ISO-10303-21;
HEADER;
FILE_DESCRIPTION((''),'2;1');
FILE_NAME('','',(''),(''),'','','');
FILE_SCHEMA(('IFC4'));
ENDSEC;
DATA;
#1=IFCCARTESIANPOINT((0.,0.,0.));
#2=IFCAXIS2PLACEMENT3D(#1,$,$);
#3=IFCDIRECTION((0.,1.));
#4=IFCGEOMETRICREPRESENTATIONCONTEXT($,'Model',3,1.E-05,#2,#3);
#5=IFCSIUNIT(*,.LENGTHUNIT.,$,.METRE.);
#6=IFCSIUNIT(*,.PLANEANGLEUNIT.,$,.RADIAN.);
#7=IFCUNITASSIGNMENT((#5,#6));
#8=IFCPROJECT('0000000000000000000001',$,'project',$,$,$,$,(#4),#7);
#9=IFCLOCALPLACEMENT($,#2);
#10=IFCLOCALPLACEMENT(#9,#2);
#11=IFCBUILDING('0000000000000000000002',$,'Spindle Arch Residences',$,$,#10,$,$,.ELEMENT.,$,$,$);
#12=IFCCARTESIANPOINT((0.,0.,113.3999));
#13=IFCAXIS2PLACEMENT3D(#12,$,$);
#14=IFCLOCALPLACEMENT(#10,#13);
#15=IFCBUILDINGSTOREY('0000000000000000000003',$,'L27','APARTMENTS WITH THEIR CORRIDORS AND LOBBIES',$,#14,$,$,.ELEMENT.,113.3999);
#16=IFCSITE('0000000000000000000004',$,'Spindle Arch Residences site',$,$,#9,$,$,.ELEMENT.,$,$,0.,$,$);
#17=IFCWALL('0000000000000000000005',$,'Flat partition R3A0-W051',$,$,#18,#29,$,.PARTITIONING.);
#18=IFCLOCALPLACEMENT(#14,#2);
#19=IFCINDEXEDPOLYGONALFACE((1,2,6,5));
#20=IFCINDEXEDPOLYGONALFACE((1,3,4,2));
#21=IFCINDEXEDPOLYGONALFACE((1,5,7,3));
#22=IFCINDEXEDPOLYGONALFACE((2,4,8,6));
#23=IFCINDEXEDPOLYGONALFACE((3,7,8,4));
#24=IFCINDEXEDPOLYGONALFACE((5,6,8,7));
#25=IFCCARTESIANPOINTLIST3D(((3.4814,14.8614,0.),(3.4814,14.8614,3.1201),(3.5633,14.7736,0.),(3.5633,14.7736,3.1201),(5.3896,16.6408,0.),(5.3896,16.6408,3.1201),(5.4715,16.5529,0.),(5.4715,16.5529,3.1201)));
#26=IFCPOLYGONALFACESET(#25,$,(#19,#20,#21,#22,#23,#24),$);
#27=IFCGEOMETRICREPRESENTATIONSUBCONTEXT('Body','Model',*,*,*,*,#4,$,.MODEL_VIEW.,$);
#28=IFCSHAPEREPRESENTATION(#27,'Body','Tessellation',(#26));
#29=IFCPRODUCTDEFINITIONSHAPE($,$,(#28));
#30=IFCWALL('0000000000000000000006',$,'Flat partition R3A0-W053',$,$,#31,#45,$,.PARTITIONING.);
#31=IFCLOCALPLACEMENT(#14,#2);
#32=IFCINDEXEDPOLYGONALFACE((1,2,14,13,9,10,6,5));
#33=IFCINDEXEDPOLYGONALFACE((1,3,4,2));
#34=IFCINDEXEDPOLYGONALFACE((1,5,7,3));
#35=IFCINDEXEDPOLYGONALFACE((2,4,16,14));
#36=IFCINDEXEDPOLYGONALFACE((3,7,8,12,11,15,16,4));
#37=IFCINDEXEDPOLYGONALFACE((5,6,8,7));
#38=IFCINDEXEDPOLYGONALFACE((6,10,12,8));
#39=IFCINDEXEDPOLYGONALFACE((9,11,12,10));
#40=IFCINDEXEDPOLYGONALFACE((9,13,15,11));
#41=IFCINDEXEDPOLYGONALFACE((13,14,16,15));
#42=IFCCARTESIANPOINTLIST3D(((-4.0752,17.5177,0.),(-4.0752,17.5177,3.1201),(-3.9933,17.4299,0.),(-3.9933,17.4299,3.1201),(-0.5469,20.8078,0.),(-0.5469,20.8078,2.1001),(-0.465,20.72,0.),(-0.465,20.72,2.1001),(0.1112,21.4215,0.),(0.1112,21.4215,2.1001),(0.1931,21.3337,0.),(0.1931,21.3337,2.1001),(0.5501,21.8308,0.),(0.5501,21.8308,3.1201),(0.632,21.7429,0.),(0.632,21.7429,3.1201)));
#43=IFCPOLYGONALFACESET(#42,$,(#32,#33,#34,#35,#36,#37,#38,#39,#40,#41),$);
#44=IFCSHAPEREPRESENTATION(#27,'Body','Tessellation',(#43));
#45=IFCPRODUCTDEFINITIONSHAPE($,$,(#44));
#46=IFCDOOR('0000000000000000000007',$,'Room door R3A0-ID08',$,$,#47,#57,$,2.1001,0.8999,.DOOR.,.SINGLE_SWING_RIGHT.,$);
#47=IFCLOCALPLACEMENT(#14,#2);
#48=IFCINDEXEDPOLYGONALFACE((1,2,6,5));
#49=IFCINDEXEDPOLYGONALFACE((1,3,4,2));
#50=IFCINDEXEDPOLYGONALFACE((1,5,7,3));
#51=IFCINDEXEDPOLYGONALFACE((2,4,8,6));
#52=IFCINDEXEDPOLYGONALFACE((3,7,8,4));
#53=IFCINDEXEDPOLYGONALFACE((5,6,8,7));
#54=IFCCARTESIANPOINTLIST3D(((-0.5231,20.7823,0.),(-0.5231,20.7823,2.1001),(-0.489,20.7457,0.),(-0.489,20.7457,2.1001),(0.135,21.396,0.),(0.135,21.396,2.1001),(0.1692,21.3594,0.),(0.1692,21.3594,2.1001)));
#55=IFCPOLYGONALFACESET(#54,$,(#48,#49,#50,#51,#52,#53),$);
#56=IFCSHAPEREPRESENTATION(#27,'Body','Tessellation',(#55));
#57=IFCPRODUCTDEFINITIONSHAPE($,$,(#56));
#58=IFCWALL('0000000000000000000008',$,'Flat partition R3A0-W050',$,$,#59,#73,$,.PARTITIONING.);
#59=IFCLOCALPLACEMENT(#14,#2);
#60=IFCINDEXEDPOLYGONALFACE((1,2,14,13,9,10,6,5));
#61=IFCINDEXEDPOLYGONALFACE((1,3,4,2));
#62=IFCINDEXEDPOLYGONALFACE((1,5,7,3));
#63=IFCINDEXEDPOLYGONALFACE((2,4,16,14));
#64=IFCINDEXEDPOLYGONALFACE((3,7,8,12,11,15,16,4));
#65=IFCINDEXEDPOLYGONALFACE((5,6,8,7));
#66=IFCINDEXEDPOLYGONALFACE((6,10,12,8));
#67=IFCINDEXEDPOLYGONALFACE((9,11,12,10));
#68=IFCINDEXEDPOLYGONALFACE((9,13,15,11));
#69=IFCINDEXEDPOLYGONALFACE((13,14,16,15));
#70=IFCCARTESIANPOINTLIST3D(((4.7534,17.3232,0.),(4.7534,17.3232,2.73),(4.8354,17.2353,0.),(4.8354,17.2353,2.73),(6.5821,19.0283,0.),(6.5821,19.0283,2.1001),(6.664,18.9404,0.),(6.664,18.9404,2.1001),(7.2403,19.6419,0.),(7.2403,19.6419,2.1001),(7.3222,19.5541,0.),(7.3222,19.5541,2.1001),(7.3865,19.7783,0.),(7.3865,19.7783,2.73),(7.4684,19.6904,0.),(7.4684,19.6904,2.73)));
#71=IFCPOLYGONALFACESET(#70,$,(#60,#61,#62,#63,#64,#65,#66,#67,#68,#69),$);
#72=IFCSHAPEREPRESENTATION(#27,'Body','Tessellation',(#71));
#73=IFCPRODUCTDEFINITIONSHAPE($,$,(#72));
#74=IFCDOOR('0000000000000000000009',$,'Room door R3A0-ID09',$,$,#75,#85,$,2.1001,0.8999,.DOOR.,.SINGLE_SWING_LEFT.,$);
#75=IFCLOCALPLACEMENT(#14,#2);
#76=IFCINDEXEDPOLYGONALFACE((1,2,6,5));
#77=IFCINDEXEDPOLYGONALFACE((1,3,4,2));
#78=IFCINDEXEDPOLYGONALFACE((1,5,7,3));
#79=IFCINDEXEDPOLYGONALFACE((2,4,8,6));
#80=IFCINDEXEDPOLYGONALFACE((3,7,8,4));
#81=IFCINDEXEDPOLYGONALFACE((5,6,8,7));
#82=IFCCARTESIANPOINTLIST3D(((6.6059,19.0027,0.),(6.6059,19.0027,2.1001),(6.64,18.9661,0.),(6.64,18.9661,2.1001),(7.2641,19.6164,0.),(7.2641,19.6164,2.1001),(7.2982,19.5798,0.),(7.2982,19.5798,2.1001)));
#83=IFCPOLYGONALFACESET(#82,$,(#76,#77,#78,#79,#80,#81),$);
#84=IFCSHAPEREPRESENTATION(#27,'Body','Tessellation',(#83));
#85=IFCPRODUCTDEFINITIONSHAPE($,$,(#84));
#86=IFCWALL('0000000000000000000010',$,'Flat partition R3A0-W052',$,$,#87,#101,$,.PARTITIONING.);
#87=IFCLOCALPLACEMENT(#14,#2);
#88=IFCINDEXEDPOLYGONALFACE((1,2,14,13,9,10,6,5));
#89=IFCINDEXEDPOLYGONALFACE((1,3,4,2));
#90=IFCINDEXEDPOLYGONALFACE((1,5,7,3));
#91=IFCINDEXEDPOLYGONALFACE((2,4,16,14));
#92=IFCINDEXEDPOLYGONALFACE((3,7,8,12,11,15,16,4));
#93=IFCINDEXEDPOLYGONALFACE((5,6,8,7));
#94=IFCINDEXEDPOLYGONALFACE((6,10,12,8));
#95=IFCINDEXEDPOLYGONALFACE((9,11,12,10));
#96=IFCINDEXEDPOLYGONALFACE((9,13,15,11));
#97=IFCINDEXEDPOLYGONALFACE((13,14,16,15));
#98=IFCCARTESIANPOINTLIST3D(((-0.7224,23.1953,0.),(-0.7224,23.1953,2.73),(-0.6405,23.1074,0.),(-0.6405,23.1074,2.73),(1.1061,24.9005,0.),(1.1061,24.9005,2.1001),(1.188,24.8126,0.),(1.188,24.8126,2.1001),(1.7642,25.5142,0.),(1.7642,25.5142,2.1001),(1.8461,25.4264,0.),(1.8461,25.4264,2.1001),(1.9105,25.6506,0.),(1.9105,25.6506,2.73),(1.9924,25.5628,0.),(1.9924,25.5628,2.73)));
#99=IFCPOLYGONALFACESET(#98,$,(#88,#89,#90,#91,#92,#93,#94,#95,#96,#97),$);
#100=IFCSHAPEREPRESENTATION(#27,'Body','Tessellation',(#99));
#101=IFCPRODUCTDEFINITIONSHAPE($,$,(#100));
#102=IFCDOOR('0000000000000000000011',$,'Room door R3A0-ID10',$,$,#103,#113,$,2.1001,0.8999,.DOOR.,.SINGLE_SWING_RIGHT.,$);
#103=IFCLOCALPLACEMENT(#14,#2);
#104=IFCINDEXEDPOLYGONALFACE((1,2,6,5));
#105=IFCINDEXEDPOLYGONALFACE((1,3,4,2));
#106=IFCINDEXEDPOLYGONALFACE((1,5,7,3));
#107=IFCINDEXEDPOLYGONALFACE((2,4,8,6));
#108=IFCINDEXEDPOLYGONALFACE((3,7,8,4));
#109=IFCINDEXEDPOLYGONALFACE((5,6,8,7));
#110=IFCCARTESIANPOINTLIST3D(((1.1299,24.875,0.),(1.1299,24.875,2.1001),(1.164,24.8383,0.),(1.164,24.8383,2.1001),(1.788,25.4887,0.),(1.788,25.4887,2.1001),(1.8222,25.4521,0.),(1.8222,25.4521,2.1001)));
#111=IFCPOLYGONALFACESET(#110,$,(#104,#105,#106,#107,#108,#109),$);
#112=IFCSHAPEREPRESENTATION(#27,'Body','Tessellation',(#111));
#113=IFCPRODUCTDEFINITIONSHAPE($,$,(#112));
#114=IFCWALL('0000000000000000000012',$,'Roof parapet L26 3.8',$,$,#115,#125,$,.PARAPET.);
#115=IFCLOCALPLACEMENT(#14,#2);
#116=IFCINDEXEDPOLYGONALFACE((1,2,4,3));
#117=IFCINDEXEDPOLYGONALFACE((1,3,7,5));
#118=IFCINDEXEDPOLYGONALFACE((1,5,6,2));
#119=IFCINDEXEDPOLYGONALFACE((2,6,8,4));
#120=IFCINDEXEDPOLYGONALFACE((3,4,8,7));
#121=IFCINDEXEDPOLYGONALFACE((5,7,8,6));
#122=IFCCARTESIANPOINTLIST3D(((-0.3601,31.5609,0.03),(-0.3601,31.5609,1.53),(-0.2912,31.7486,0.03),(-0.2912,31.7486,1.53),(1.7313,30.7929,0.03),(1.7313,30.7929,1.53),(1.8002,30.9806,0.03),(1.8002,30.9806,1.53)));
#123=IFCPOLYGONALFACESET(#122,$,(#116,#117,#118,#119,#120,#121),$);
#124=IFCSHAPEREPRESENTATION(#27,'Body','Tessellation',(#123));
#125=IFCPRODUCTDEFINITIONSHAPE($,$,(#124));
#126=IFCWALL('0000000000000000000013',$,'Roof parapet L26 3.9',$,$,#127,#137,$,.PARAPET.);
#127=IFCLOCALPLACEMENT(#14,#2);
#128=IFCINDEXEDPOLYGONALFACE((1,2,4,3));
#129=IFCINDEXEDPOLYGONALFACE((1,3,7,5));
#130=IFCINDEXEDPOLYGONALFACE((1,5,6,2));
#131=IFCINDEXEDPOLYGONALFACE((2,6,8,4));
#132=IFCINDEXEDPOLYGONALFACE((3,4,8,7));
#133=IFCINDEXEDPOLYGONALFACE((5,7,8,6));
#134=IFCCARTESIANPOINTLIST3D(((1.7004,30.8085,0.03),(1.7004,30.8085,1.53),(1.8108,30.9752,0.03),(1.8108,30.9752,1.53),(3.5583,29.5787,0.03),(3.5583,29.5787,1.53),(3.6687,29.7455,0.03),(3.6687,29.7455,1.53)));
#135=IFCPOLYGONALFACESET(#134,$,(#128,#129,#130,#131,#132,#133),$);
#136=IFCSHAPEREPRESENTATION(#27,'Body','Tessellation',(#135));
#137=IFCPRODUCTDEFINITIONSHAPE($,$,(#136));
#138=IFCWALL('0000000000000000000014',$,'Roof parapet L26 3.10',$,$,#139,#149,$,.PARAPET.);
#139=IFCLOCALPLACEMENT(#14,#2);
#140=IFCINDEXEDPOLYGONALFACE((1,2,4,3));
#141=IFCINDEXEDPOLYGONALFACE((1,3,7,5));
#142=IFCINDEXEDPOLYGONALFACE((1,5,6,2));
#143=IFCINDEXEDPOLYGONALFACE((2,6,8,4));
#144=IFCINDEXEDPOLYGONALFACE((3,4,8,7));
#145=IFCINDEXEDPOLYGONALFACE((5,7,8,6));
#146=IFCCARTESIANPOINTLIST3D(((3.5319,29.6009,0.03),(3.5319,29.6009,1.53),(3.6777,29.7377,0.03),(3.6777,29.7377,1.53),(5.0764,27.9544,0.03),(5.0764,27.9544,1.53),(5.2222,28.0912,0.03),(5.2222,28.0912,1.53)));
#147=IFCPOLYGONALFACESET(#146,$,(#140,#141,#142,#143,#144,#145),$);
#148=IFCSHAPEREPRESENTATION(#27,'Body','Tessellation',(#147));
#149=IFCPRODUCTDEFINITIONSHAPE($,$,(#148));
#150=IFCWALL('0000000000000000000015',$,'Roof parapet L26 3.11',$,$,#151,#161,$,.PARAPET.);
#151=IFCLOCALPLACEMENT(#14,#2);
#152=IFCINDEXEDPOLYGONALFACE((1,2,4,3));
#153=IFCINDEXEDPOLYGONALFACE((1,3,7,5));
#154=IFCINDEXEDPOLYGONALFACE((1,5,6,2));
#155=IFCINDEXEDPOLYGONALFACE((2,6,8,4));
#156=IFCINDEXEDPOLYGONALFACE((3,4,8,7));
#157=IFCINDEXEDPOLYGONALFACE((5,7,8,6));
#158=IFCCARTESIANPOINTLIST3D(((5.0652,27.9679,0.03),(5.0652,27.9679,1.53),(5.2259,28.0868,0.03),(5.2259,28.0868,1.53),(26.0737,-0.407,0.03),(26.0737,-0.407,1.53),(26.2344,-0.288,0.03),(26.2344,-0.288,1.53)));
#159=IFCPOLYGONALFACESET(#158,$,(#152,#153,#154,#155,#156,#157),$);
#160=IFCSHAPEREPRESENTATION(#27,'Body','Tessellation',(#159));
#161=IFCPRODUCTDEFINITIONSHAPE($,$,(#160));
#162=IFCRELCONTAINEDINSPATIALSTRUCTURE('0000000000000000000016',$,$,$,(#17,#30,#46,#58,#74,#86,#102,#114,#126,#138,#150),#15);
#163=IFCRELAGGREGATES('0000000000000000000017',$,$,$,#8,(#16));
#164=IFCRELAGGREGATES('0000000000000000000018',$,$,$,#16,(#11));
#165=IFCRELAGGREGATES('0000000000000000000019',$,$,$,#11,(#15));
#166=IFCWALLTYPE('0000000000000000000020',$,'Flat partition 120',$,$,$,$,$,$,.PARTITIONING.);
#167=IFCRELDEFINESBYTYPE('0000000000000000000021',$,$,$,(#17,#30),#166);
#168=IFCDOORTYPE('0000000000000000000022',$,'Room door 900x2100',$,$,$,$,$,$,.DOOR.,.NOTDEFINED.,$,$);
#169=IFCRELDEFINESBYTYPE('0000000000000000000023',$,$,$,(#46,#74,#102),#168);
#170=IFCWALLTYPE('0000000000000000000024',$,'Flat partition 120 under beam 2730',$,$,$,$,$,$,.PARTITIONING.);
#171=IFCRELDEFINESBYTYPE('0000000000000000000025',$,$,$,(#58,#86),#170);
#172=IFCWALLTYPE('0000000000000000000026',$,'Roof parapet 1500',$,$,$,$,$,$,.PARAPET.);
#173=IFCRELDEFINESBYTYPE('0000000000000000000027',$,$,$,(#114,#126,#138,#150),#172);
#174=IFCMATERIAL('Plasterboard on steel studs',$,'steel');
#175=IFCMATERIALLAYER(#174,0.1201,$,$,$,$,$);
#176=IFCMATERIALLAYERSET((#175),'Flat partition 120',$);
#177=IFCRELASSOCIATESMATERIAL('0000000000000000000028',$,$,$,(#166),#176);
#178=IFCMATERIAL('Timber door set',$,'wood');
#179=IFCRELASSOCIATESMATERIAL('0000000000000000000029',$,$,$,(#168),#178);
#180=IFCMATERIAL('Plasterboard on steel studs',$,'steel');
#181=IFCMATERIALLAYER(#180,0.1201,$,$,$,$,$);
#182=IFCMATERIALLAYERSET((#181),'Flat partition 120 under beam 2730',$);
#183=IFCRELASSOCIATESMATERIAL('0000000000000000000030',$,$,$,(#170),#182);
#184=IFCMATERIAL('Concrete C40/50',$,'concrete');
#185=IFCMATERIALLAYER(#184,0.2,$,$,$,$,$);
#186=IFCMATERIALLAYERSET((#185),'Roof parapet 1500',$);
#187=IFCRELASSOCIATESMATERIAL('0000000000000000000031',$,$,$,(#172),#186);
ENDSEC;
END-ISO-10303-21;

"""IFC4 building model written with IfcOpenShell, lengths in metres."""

from ifc_helpers import new_model, si_unit, direction, frame, frame_2d, origin, place, context, subcontext, project, spatial, rectangle, extrude, material, layer, layer_set, type_object, element, fill, save


model = new_model("IFC4")

# Units and contexts
model_context = context("Model", 3, precision=1e-05, world=origin(), true_north=direction((0.0, 1.0)))
body_context = subcontext(model_context, "Body", "Model", "MODEL_VIEW")
ifc_project = project(units=[si_unit("LENGTHUNIT", "METRE"), si_unit("PLANEANGLEUNIT", "RADIAN")], contexts=[model_context])

# Site, building, storey
site_placement = place(None, origin())
site = spatial("IfcSite", under=ifc_project, at=site_placement, Name="Spindle Arch Residences site", CompositionType="ELEMENT", RefElevation=0.0)
building_placement = place(site_placement, origin())
building = spatial("IfcBuilding", under=site, at=building_placement, Name="Spindle Arch Residences", CompositionType="ELEMENT")
storey_placement = place(building_placement, frame((0.0, 0.0, 113.3999)))
storey = spatial("IfcBuildingStorey", under=building, at=storey_placement, Name="L27", Description="APARTMENTS WITH THEIR CORRIDORS AND LOBBIES", CompositionType="ELEMENT", Elevation=113.3999)

# Wall
ifc_material_1 = material(Name="Plasterboard on steel studs", Category="steel")
ifc_layer_1 = layer(ifc_material_1, 0.1201)
ifc_layer_set_1 = layer_set([ifc_layer_1], Name="Flat partition 120")
wall_type_1 = type_object("IfcWallType", Name="Flat partition 120", PredefinedType="PARTITIONING", material=ifc_layer_set_1)
wall_1_placement = place(storey_placement, frame((5.4307, 16.5969, 0.0), z_axis=(0.0, 0.0, 1.0), x_axis=(-0.731379, -0.681971, 0.0)))
element("IfcWall", 1, at=wall_1_placement, inside=storey, type_object=wall_type_1, Name="Flat partition R3A0-W051", PredefinedType="PARTITIONING", context=body_context, shape_type="SweptSolid", body=[
    extrude(rectangle(XDim=2.6091, YDim=0.1201, at=frame_2d((1.3047, 0.0))), origin(), (0.0, 0.0, 1.0), 3.1201),
])

# Walls, openings, doors
wall_2_placement = place(storey_placement, frame((0.5911, 21.7869, 0.0), z_axis=(0.0, 0.0, 1.0), x_axis=(-0.731363, -0.681988, 0.0)))
wall_2 = element("IfcWall", 2, at=wall_2_placement, inside=storey, type_object=wall_type_1, Name="Flat partition R3A0-W053", PredefinedType="PARTITIONING", context=body_context, shape_type="SweptSolid", body=[
    extrude(rectangle(XDim=6.3242, YDim=0.1201, at=frame_2d((3.1621, 0.0))), origin(), (0.0, 0.0, 1.0), 3.1201),
])
opening_1_placement = place(wall_2_placement, frame((0.6001, 0.0, 0.0)))
opening_1 = element("IfcOpeningElement", 3, at=opening_1_placement, cuts=wall_2, PredefinedType="OPENING", context=body_context, shape_type="SweptSolid", body=[
    extrude(rectangle(XDim=0.8999, YDim=2.1001, at=frame_2d((0.45, 1.05))), frame((0.0, 0.0701, 0.0), z_axis=(0.0, -1.0, 0.0), x_axis=(1.0, 0.0, 0.0)), (0.0, 0.0, 1.0), 0.1401),
])
ifc_material_2 = material(Name="Timber door set", Category="wood")
door_type = type_object("IfcDoorType", Name="Room door 900x2100", OperationType="NOTDEFINED", PredefinedType="DOOR", material=ifc_material_2)
door_1_placement = place(opening_1_placement, origin())
door_1 = element("IfcDoor", 4, at=door_1_placement, inside=storey, type_object=door_type, Name="Room door R3A0-ID08", OperationType="SINGLE_SWING_RIGHT", OverallHeight=2.1001, OverallWidth=0.8999, PredefinedType="DOOR", context=body_context, shape_type="SweptSolid", body=[
    extrude(rectangle(XDim=0.8999, YDim=2.1001, at=frame_2d((0.45, 1.05))), frame((0.0, 0.0249, 0.0), z_axis=(0.0, -1.0, 0.0), x_axis=(1.0, 0.0, 0.0)), (0.0, 0.0, 1.0), 0.05),
])
fill(opening_1, door_1)
ifc_material_3 = material(Name="Plasterboard on steel studs", Category="steel")
ifc_layer_2 = layer(ifc_material_3, 0.1201)
ifc_layer_set_2 = layer_set([ifc_layer_2], Name="Flat partition 120 under beam 2730")
wall_type_2 = type_object("IfcWallType", Name="Flat partition 120 under beam 2730", PredefinedType="PARTITIONING", material=ifc_layer_set_2)
wall_3_placement = place(storey_placement, frame((7.4275, 19.7344, 0.0), z_axis=(0.0, 0.0, 1.0), x_axis=(-0.731393, -0.681956, 0.0)))
wall_3 = element("IfcWall", 5, at=wall_3_placement, inside=storey, type_object=wall_type_2, Name="Flat partition R3A0-W050", PredefinedType="PARTITIONING", context=body_context, shape_type="SweptSolid", body=[
    extrude(rectangle(XDim=3.6001, YDim=0.1201, at=frame_2d((1.8, 0.0))), origin(), (0.0, 0.0, 1.0), 2.73),
])
opening_2_placement = place(wall_3_placement, frame((0.2, 0.0, 0.0)))
opening_2 = element("IfcOpeningElement", 6, at=opening_2_placement, cuts=wall_3, PredefinedType="OPENING", context=body_context, shape_type="SweptSolid", body=[
    extrude(rectangle(XDim=0.8999, YDim=2.1001, at=frame_2d((0.45, 1.05))), frame((0.0, 0.0701, 0.0), z_axis=(0.0, -1.0, 0.0), x_axis=(1.0, 0.0, 0.0)), (0.0, 0.0, 1.0), 0.1401),
])
door_2_placement = place(opening_2_placement, origin())
door_2 = element("IfcDoor", 7, at=door_2_placement, inside=storey, type_object=door_type, Name="Room door R3A0-ID09", OperationType="SINGLE_SWING_LEFT", OverallHeight=2.1001, OverallWidth=0.8999, PredefinedType="DOOR", context=body_context, shape_type="SweptSolid", body=[
    extrude(rectangle(XDim=0.8999, YDim=2.1001, at=frame_2d((0.45, 1.05))), frame((0.0, 0.0249, 0.0), z_axis=(0.0, -1.0, 0.0), x_axis=(1.0, 0.0, 0.0)), (0.0, 0.0, 1.0), 0.05),
])
fill(opening_2, door_2)
wall_4_placement = place(storey_placement, frame((1.9514, 25.6067, 0.0), z_axis=(0.0, 0.0, 1.0), x_axis=(-0.731328, -0.682026, 0.0)))
wall_4 = element("IfcWall", 8, at=wall_4_placement, inside=storey, type_object=wall_type_2, Name="Flat partition R3A0-W052", PredefinedType="PARTITIONING", context=body_context, shape_type="SweptSolid", body=[
    extrude(rectangle(XDim=3.6001, YDim=0.1201, at=frame_2d((1.8, 0.0))), origin(), (0.0, 0.0, 1.0), 2.73),
])
opening_3_placement = place(wall_4_placement, frame((0.2, 0.0, 0.0)))
opening_3 = element("IfcOpeningElement", 9, at=opening_3_placement, cuts=wall_4, PredefinedType="OPENING", context=body_context, shape_type="SweptSolid", body=[
    extrude(rectangle(XDim=0.8999, YDim=2.1001, at=frame_2d((0.45, 1.05))), frame((0.0, 0.0701, 0.0), z_axis=(0.0, -1.0, 0.0), x_axis=(1.0, 0.0, 0.0)), (0.0, 0.0, 1.0), 0.1401),
])
door_3_placement = place(opening_3_placement, origin())
door_3 = element("IfcDoor", 10, at=door_3_placement, inside=storey, type_object=door_type, Name="Room door R3A0-ID10", OperationType="SINGLE_SWING_RIGHT", OverallHeight=2.1001, OverallWidth=0.8999, PredefinedType="DOOR", context=body_context, shape_type="SweptSolid", body=[
    extrude(rectangle(XDim=0.8999, YDim=2.1001, at=frame_2d((0.45, 1.05))), frame((0.0, 0.0249, 0.0), z_axis=(0.0, -1.0, 0.0), x_axis=(1.0, 0.0, 0.0)), (0.0, 0.0, 1.0), 0.05),
])
fill(opening_3, door_3)

# Walls
ifc_material_4 = material(Name="Concrete C40/50", Category="concrete")
ifc_layer_3 = layer(ifc_material_4, 0.2)
ifc_layer_set_3 = layer_set([ifc_layer_3], Name="Roof parapet 1500")
wall_type_3 = type_object("IfcWallType", Name="Roof parapet 1500", PredefinedType="PARAPET", material=ifc_layer_set_3)
for number, where, z_axis, x_axis, name in (
    (11, (-0.3257, 31.6548, 0.03), (0.0, 0.0, 1.0), (0.938707, -0.344715, 0.0), "Roof parapet L26 3.8"),
    (12, (1.7556, 30.8918, 0.03), (0.0, 0.0, 1.0), (0.833883, -0.551941, 0.0), "Roof parapet L26 3.9"),
):
    element("IfcWall", number, at=place(storey_placement, frame(where, z_axis=z_axis, x_axis=x_axis)), inside=storey, type_object=wall_type_3, Name=name, PredefinedType="PARAPET", context=body_context, shape_type="SweptSolid", body=[
        extrude(rectangle(XDim=2.228, YDim=0.2, at=frame_2d((1.114, 0.0))), origin(), (0.0, 0.0, 1.0), 1.5),
    ])
wall_5_placement = place(storey_placement, frame((3.6047, 29.6694, 0.03), z_axis=(0.0, 0.0, 1.0), x_axis=(0.684143, -0.729348, 0.0)))
element("IfcWall", 13, at=wall_5_placement, inside=storey, type_object=wall_type_3, Name="Roof parapet L26 3.10", PredefinedType="PARAPET", context=body_context, shape_type="SweptSolid", body=[
    extrude(rectangle(XDim=2.2576, YDim=0.2, at=frame_2d((1.1289, 0.0))), origin(), (0.0, 0.0, 1.0), 1.5),
])
wall_6_placement = place(storey_placement, frame((5.1455, 28.0273, 0.03), z_axis=(0.0, 0.0, 1.0), x_axis=(0.595048, -0.80369, 0.0)))
element("IfcWall", 14, at=wall_6_placement, inside=storey, type_object=wall_type_3, Name="Roof parapet L26 3.11", PredefinedType="PARAPET", context=body_context, shape_type="SweptSolid", body=[
    extrude(rectangle(XDim=35.3057, YDim=0.2, at=frame_2d((17.6528, 0.0))), origin(), (0.0, 0.0, 1.0), 1.5),
])

save(model, "model.ifc")
